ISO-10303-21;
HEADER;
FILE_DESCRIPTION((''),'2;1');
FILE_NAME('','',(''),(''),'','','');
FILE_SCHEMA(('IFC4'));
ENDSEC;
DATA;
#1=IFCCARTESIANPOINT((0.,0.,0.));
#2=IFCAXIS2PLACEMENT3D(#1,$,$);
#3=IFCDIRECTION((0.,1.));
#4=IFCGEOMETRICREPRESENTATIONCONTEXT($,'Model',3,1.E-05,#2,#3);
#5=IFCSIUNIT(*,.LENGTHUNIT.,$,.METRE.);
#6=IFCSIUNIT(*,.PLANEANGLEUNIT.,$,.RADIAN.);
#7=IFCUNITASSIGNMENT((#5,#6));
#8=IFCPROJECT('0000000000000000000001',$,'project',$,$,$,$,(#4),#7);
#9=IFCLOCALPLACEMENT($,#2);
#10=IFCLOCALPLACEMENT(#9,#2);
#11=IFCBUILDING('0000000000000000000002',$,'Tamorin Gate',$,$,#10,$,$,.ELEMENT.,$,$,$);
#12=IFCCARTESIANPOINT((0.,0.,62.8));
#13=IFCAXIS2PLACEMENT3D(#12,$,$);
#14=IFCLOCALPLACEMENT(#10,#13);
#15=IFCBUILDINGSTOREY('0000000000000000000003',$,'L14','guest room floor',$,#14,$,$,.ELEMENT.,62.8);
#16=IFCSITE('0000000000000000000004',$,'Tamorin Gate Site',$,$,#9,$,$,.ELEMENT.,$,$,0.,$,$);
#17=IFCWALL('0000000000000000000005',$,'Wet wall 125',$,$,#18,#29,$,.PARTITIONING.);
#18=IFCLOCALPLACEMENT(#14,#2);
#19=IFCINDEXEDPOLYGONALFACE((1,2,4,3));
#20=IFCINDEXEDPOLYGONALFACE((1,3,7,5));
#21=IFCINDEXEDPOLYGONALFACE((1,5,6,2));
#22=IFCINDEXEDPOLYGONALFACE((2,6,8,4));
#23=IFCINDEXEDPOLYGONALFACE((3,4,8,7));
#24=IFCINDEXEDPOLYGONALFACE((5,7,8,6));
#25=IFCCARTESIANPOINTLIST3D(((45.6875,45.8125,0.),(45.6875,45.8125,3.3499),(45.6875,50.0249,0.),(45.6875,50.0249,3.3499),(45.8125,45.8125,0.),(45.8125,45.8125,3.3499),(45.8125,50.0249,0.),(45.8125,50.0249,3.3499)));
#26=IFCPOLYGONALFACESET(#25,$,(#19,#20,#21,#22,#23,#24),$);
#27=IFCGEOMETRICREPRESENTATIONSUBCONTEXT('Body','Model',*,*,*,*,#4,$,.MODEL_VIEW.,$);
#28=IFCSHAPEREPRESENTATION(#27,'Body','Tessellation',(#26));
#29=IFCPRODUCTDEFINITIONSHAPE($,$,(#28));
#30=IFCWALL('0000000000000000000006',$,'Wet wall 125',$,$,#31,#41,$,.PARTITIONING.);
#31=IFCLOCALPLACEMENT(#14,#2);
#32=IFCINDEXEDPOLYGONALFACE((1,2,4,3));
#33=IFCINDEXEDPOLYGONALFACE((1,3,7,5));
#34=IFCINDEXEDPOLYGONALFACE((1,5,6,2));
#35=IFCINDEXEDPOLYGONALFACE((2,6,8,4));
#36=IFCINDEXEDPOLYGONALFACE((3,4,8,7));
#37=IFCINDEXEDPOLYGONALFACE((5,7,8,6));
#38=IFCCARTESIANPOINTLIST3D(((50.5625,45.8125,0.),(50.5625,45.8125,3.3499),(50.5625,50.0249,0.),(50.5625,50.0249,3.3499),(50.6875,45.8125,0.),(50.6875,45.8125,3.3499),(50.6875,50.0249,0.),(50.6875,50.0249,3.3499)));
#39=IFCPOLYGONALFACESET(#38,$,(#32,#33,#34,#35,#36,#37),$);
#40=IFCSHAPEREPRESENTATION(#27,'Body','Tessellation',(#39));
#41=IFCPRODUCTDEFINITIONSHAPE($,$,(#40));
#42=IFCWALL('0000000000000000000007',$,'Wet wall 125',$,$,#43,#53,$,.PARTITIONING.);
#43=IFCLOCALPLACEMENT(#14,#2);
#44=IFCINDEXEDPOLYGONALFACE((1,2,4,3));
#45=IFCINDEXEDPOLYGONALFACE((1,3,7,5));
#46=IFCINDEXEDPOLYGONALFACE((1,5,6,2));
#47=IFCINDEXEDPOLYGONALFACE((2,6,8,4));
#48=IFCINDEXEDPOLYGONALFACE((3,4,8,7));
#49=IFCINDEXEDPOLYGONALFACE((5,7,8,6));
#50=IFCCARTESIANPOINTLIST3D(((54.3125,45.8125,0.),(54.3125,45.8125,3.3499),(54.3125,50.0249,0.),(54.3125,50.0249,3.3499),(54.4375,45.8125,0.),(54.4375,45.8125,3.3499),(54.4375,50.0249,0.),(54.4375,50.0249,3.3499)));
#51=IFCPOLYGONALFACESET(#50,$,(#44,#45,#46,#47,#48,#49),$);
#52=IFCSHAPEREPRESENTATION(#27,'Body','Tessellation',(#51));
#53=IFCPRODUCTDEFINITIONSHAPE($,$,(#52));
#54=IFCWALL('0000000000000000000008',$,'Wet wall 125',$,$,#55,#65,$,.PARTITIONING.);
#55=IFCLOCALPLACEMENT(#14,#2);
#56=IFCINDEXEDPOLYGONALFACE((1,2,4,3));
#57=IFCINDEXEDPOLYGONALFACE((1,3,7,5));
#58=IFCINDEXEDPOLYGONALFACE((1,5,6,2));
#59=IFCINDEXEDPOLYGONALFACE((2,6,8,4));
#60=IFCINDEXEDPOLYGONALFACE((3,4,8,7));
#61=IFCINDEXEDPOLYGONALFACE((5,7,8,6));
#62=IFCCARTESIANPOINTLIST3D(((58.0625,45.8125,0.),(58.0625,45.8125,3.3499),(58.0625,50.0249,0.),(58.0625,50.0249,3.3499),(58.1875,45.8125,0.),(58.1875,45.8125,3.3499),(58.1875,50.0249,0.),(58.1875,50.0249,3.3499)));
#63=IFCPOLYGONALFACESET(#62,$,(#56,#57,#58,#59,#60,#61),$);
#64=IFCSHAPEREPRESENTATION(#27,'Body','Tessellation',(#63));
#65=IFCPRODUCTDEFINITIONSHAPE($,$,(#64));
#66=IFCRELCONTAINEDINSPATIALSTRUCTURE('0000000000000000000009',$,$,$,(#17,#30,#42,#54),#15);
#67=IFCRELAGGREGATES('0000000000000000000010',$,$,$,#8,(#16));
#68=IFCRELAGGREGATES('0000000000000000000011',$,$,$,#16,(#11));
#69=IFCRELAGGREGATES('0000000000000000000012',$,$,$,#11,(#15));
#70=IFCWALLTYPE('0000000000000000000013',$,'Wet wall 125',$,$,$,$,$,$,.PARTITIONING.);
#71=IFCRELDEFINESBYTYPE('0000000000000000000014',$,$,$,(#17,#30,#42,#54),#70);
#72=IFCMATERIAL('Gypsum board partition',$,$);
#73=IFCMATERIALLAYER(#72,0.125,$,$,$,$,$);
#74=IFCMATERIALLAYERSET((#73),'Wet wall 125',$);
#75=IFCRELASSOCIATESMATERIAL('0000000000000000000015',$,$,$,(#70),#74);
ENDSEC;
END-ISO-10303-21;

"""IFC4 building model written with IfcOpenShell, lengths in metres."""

from ifc_helpers import new_model, si_unit, direction, frame, frame_2d, origin, place, context, subcontext, project, spatial, rectangle, extrude, material, layer, layer_set, type_object, element, save


model = new_model("IFC4")

# Units and contexts
model_context = context("Model", 3, precision=1e-05, world=origin(), true_north=direction((0.0, 1.0)))
body_context = subcontext(model_context, "Body", "Model", "MODEL_VIEW")
ifc_project = project(units=[si_unit("LENGTHUNIT", "METRE"), si_unit("PLANEANGLEUNIT", "RADIAN")], contexts=[model_context])

# Site, building, storey
site_placement = place(None, origin())
site = spatial("IfcSite", under=ifc_project, at=site_placement, Name="Tamorin Gate Site", CompositionType="ELEMENT", RefElevation=0.0)
building_placement = place(site_placement, origin())
building = spatial("IfcBuilding", under=site, at=building_placement, Name="Tamorin Gate", CompositionType="ELEMENT")
storey_placement = place(building_placement, frame((0.0, 0.0, 62.8)))
storey = spatial("IfcBuildingStorey", under=building, at=storey_placement, Name="L14", Description="guest room floor", CompositionType="ELEMENT", Elevation=62.8)

# Shared definitions
ifc_material_1 = material(Name="Gypsum board partition")

# Shared definitions
ifc_layer_1 = layer(ifc_material_1, 0.125)
ifc_layer_set_1 = layer_set([ifc_layer_1], Name="Wet wall 125")
wall_type_1 = type_object("IfcWallType", Name="Wet wall 125", PredefinedType="PARTITIONING", material=ifc_layer_set_1)

# Walls
for number, where, z_axis, x_axis, name in (
    (1, (45.75, 45.8125, 0.0), (0.0, 0.0, 1.0), (0.0, 1.0, 0.0), "Wet wall 125"),
    (2, (50.625, 45.8125, 0.0), (0.0, 0.0, 1.0), (0.0, 1.0, 0.0), "Wet wall 125"),
    (3, (54.375, 45.8125, 0.0), (0.0, 0.0, 1.0), (0.0, 1.0, 0.0), "Wet wall 125"),
    (4, (58.125, 45.8125, 0.0), (0.0, 0.0, 1.0), (0.0, 1.0, 0.0), "Wet wall 125"),
):
    element("IfcWall", number, at=place(storey_placement, frame(where, z_axis=z_axis, x_axis=x_axis)), inside=storey, type_object=wall_type_1, Name=name, PredefinedType="PARTITIONING", context=body_context, shape_type="SweptSolid", body=[
        extrude(rectangle(XDim=4.2124, YDim=0.125, at=frame_2d((2.1062, 0.0))), origin(), (0.0, 0.0, 1.0), 3.3499),
    ])

save(model, "model.ifc")
